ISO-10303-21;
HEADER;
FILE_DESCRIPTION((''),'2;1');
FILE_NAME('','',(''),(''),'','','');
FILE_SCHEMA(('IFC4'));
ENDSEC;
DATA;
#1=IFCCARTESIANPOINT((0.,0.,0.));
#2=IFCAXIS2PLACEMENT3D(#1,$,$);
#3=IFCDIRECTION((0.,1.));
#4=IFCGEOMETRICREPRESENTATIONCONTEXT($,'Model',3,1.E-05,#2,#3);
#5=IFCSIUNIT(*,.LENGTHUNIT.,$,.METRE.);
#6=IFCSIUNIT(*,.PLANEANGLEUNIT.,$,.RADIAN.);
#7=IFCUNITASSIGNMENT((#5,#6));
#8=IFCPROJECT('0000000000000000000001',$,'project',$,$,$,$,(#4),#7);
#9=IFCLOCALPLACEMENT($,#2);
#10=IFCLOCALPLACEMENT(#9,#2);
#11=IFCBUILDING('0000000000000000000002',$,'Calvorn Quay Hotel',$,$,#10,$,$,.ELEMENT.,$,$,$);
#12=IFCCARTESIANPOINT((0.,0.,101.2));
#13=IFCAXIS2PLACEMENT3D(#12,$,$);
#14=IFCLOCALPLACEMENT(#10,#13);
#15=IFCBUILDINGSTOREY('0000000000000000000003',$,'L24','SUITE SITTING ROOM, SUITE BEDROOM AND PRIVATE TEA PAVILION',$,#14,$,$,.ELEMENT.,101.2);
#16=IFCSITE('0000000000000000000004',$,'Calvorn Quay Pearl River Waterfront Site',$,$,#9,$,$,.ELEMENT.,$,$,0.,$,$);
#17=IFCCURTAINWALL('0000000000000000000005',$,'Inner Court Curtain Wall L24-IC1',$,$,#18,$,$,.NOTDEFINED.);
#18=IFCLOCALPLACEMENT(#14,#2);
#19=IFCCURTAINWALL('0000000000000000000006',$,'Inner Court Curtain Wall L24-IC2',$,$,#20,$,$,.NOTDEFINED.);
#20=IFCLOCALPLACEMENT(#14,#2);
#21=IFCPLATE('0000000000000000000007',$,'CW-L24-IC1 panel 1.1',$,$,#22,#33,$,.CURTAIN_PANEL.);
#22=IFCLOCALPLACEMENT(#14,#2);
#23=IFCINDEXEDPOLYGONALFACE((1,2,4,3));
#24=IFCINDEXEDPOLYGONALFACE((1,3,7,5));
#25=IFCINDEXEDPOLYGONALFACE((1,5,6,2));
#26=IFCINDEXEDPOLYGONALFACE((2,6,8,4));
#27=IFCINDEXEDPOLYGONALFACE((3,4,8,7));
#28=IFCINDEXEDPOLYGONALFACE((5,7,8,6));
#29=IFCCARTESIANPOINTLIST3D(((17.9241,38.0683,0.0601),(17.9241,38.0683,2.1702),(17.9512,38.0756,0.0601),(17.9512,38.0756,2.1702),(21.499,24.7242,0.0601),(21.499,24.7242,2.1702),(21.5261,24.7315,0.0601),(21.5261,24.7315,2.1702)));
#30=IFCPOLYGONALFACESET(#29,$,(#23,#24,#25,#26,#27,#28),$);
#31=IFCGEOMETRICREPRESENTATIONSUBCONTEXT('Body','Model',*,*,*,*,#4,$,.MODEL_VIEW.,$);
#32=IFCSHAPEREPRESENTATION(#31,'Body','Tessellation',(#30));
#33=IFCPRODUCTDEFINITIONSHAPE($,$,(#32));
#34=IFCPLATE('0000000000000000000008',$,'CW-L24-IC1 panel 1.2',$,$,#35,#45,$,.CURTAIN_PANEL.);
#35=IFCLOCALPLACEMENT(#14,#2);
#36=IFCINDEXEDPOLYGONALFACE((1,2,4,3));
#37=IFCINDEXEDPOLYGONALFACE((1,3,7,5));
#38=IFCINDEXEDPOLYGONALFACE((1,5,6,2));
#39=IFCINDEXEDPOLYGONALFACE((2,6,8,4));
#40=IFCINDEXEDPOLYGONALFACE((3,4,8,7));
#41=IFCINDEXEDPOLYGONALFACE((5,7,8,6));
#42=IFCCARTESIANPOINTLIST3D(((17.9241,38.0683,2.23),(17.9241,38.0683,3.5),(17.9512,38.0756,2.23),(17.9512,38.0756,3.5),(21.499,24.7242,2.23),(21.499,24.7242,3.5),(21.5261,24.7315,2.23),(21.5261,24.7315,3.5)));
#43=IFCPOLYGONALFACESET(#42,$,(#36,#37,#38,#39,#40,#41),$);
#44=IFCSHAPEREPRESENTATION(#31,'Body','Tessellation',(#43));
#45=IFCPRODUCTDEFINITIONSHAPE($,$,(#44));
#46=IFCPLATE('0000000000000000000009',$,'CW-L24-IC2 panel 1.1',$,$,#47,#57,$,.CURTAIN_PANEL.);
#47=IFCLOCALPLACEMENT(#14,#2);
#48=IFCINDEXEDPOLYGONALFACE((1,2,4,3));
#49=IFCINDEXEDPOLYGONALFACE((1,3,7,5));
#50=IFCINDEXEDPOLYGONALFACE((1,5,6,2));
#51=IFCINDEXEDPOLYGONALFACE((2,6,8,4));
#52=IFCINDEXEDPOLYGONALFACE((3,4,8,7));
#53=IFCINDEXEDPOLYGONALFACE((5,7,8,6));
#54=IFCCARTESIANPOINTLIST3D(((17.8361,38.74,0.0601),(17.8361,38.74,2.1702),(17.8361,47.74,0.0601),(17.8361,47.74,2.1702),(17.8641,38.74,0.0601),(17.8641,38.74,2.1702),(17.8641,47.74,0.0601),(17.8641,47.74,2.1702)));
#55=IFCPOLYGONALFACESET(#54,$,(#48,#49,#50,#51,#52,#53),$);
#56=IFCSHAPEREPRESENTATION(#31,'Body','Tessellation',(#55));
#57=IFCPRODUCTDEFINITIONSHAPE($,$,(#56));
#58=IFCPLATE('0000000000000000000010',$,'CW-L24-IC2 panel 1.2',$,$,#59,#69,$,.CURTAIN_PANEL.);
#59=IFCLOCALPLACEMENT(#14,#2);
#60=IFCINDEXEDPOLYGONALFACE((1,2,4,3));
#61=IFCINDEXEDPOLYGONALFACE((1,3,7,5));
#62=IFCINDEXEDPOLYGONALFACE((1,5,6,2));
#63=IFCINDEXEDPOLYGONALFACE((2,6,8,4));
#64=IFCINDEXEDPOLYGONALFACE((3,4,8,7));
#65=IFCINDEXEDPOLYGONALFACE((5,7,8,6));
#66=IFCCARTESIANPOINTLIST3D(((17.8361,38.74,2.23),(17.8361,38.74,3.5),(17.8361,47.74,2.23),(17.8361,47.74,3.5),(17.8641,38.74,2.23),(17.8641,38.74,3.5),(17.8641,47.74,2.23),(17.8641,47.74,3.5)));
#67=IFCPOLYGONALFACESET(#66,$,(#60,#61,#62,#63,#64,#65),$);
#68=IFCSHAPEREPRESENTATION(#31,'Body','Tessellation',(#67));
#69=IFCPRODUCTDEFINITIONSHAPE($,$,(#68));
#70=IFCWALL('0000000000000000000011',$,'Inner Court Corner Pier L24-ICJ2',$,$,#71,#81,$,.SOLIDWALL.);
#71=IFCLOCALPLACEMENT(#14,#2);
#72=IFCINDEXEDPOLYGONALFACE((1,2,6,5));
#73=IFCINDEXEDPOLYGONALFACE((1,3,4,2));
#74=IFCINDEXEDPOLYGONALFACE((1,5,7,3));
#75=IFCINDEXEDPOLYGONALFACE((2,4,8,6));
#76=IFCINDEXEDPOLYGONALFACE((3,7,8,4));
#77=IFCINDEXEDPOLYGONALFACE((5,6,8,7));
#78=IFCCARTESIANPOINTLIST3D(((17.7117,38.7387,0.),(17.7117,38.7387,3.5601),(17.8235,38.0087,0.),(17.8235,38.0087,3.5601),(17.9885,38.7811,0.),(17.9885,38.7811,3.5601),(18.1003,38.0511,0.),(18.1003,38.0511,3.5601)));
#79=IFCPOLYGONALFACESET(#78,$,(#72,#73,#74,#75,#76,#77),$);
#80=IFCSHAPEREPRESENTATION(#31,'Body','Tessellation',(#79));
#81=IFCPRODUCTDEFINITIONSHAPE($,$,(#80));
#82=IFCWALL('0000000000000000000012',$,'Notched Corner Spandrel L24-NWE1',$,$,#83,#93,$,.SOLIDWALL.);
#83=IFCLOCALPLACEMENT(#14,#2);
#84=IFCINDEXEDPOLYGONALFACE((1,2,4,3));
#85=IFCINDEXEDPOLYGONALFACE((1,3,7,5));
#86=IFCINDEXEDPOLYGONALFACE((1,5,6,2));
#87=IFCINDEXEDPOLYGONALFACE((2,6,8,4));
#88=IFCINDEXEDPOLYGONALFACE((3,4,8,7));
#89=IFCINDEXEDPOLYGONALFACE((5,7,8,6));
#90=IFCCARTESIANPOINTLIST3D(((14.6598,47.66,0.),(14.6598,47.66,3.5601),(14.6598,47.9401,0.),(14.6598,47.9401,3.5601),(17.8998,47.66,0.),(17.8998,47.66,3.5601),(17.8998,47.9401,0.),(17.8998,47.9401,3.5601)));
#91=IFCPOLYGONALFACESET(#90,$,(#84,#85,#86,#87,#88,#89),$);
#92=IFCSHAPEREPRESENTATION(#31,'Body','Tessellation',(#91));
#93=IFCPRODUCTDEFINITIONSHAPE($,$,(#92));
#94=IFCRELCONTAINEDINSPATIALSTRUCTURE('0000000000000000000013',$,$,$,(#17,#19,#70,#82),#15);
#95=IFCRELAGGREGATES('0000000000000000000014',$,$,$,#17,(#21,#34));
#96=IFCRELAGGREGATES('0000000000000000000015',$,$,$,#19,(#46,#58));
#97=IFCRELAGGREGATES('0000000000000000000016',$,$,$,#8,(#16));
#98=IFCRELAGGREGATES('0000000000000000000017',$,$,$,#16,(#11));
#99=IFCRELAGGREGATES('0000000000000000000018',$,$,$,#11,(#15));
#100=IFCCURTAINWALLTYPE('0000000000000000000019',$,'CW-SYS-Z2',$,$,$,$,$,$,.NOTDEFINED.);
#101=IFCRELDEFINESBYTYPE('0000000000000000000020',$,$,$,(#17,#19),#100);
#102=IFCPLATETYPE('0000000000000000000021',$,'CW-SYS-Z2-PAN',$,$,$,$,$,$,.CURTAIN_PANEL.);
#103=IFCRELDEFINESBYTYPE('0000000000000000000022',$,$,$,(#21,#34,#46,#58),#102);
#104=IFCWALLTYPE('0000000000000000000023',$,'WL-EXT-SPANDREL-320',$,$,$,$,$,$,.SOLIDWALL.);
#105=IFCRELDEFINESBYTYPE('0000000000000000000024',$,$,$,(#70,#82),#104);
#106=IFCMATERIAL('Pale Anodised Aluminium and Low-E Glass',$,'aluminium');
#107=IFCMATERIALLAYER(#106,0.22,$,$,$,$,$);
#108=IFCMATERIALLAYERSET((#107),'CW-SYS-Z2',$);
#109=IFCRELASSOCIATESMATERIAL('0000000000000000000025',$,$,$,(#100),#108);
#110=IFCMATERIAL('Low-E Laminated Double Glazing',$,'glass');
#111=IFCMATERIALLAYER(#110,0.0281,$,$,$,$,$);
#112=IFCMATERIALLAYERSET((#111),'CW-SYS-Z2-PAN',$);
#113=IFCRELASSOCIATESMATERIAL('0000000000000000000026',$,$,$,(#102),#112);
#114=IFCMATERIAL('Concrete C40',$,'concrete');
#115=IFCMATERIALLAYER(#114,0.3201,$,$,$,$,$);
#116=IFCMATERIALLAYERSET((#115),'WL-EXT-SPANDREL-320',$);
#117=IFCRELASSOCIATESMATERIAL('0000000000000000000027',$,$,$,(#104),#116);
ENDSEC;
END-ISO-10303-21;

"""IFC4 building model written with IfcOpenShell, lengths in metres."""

from ifc_helpers import new_model, si_unit, direction, frame, frame_2d, origin, origin_2d, place, context, subcontext, project, spatial, rectangle, extrude, material, layer, layer_set, type_object, element, aggregate, save


model = new_model("IFC4")

# Units and contexts
model_context = context("Model", 3, precision=1e-05, world=origin(), true_north=direction((0.0, 1.0)))
body_context = subcontext(model_context, "Body", "Model", "MODEL_VIEW")
ifc_project = project(units=[si_unit("LENGTHUNIT", "METRE"), si_unit("PLANEANGLEUNIT", "RADIAN")], contexts=[model_context])

# Site, building, storey
site_placement = place(None, origin())
site = spatial("IfcSite", under=ifc_project, at=site_placement, Name="Calvorn Quay Pearl River Waterfront Site", CompositionType="ELEMENT", RefElevation=0.0)
building_placement = place(site_placement, origin())
building = spatial("IfcBuilding", under=site, at=building_placement, Name="Calvorn Quay Hotel", CompositionType="ELEMENT")
storey_placement = place(building_placement, frame((0.0, 0.0, 101.2)))
storey = spatial("IfcBuildingStorey", under=building, at=storey_placement, Name="L24", Description="SUITE SITTING ROOM, SUITE BEDROOM AND PRIVATE TEA PAVILION", CompositionType="ELEMENT", Elevation=101.2)

# Curtain wall
ifc_material_1 = material(Name="Pale Anodised Aluminium and Low-E Glass", Category="aluminium")
ifc_layer_1 = layer(ifc_material_1, 0.22)
ifc_layer_set_1 = layer_set([ifc_layer_1], Name="CW-SYS-Z2")
curtain_wall_type = type_object("IfcCurtainWallType", Name="CW-SYS-Z2", PredefinedType="NOTDEFINED", material=ifc_layer_set_1)
curtain_wall_1_placement = place(storey_placement, origin())
curtain_wall_1 = element("IfcCurtainWall", 1, at=curtain_wall_1_placement, inside=storey, type_object=curtain_wall_type, Name="Inner Court Curtain Wall L24-IC1", PredefinedType="NOTDEFINED")

# Curtain wall
curtain_wall_2_placement = place(storey_placement, origin())
curtain_wall_2 = element("IfcCurtainWall", 2, at=curtain_wall_2_placement, inside=storey, type_object=curtain_wall_type, Name="Inner Court Curtain Wall L24-IC2", PredefinedType="NOTDEFINED")

# Shared definitions
ifc_material_2 = material(Name="Low-E Laminated Double Glazing", Category="glass")
ifc_layer_2 = layer(ifc_material_2, 0.0281)
ifc_layer_set_2 = layer_set([ifc_layer_2], Name="CW-SYS-Z2-PAN")
plate_type = type_object("IfcPlateType", Name="CW-SYS-Z2-PAN", PredefinedType="CURTAIN_PANEL", material=ifc_layer_set_2)

# Plates
plate_1_placement = place(storey_placement, frame((19.7251, 31.3999, 0.0601), z_axis=(0.0, 0.0, 1.0), x_axis=(-0.258779, 0.965937, 0.0)))
plate_1 = element("IfcPlate", 3, at=plate_1_placement, type_object=plate_type, Name="CW-L24-IC1 panel 1.1", PredefinedType="CURTAIN_PANEL", context=body_context, shape_type="SweptSolid", body=[
    extrude(rectangle(XDim=13.8147, YDim=0.0281, at=origin_2d()), origin(), (0.0, 0.0, 1.0), 2.1101),
])
plate_2_placement = place(storey_placement, frame((19.7251, 31.3999, 2.23), z_axis=(0.0, 0.0, 1.0), x_axis=(-0.258779, 0.965937, 0.0)))
plate_2 = element("IfcPlate", 4, at=plate_2_placement, type_object=plate_type, Name="CW-L24-IC1 panel 1.2", PredefinedType="CURTAIN_PANEL", context=body_context, shape_type="SweptSolid", body=[
    extrude(rectangle(XDim=13.8147, YDim=0.0281, at=origin_2d()), origin(), (0.0, 0.0, 1.0), 1.27),
])
aggregate(curtain_wall_1, [plate_1, plate_2])
plate_3_placement = place(storey_placement, frame((17.8501, 43.24, 0.0601), z_axis=(0.0, 0.0, 1.0), x_axis=(0.0, 1.0, 0.0)))
plate_3 = element("IfcPlate", 5, at=plate_3_placement, type_object=plate_type, Name="CW-L24-IC2 panel 1.1", PredefinedType="CURTAIN_PANEL", context=body_context, shape_type="SweptSolid", body=[
    extrude(rectangle(XDim=9.0, YDim=0.0281, at=origin_2d()), origin(), (0.0, 0.0, 1.0), 2.1101),
])
plate_4_placement = place(storey_placement, frame((17.8501, 43.24, 2.23), z_axis=(0.0, 0.0, 1.0), x_axis=(0.0, 1.0, 0.0)))
plate_4 = element("IfcPlate", 6, at=plate_4_placement, type_object=plate_type, Name="CW-L24-IC2 panel 1.2", PredefinedType="CURTAIN_PANEL", context=body_context, shape_type="SweptSolid", body=[
    extrude(rectangle(XDim=9.0, YDim=0.0281, at=origin_2d()), origin(), (0.0, 0.0, 1.0), 1.27),
])
aggregate(curtain_wall_2, [plate_3, plate_4])

# Walls
ifc_material_3 = material(Name="Concrete C40", Category="concrete")
ifc_layer_3 = layer(ifc_material_3, 0.3201)
ifc_layer_set_3 = layer_set([ifc_layer_3], Name="WL-EXT-SPANDREL-320")
wall_type = type_object("IfcWallType", Name="WL-EXT-SPANDREL-320", PredefinedType="SOLIDWALL", material=ifc_layer_set_3)
wall_1_placement = place(storey_placement, frame((17.9619, 38.03, 0.0), z_axis=(0.0, 0.0, 1.0), x_axis=(-0.151411, 0.988471, 0.0)))
element("IfcWall", 7, at=wall_1_placement, inside=storey, type_object=wall_type, Name="Inner Court Corner Pier L24-ICJ2", PredefinedType="SOLIDWALL", context=body_context, shape_type="SweptSolid", body=[
    extrude(rectangle(XDim=0.7385, YDim=0.28, at=frame_2d((0.3691, 0.0))), origin(), (0.0, 0.0, 1.0), 3.5601),
])
wall_2_placement = place(storey_placement, frame((17.8999, 47.8, 0.0), z_axis=(0.0, 0.0, 1.0), x_axis=(-1.0, 0.0, 0.0)))
element("IfcWall", 8, at=wall_2_placement, inside=storey, type_object=wall_type, Name="Notched Corner Spandrel L24-NWE1", PredefinedType="SOLIDWALL", context=body_context, shape_type="SweptSolid", body=[
    extrude(rectangle(XDim=3.24, YDim=0.28, at=frame_2d((1.6201, 0.0))), origin(), (0.0, 0.0, 1.0), 3.5601),
])

save(model, "model.ifc")
